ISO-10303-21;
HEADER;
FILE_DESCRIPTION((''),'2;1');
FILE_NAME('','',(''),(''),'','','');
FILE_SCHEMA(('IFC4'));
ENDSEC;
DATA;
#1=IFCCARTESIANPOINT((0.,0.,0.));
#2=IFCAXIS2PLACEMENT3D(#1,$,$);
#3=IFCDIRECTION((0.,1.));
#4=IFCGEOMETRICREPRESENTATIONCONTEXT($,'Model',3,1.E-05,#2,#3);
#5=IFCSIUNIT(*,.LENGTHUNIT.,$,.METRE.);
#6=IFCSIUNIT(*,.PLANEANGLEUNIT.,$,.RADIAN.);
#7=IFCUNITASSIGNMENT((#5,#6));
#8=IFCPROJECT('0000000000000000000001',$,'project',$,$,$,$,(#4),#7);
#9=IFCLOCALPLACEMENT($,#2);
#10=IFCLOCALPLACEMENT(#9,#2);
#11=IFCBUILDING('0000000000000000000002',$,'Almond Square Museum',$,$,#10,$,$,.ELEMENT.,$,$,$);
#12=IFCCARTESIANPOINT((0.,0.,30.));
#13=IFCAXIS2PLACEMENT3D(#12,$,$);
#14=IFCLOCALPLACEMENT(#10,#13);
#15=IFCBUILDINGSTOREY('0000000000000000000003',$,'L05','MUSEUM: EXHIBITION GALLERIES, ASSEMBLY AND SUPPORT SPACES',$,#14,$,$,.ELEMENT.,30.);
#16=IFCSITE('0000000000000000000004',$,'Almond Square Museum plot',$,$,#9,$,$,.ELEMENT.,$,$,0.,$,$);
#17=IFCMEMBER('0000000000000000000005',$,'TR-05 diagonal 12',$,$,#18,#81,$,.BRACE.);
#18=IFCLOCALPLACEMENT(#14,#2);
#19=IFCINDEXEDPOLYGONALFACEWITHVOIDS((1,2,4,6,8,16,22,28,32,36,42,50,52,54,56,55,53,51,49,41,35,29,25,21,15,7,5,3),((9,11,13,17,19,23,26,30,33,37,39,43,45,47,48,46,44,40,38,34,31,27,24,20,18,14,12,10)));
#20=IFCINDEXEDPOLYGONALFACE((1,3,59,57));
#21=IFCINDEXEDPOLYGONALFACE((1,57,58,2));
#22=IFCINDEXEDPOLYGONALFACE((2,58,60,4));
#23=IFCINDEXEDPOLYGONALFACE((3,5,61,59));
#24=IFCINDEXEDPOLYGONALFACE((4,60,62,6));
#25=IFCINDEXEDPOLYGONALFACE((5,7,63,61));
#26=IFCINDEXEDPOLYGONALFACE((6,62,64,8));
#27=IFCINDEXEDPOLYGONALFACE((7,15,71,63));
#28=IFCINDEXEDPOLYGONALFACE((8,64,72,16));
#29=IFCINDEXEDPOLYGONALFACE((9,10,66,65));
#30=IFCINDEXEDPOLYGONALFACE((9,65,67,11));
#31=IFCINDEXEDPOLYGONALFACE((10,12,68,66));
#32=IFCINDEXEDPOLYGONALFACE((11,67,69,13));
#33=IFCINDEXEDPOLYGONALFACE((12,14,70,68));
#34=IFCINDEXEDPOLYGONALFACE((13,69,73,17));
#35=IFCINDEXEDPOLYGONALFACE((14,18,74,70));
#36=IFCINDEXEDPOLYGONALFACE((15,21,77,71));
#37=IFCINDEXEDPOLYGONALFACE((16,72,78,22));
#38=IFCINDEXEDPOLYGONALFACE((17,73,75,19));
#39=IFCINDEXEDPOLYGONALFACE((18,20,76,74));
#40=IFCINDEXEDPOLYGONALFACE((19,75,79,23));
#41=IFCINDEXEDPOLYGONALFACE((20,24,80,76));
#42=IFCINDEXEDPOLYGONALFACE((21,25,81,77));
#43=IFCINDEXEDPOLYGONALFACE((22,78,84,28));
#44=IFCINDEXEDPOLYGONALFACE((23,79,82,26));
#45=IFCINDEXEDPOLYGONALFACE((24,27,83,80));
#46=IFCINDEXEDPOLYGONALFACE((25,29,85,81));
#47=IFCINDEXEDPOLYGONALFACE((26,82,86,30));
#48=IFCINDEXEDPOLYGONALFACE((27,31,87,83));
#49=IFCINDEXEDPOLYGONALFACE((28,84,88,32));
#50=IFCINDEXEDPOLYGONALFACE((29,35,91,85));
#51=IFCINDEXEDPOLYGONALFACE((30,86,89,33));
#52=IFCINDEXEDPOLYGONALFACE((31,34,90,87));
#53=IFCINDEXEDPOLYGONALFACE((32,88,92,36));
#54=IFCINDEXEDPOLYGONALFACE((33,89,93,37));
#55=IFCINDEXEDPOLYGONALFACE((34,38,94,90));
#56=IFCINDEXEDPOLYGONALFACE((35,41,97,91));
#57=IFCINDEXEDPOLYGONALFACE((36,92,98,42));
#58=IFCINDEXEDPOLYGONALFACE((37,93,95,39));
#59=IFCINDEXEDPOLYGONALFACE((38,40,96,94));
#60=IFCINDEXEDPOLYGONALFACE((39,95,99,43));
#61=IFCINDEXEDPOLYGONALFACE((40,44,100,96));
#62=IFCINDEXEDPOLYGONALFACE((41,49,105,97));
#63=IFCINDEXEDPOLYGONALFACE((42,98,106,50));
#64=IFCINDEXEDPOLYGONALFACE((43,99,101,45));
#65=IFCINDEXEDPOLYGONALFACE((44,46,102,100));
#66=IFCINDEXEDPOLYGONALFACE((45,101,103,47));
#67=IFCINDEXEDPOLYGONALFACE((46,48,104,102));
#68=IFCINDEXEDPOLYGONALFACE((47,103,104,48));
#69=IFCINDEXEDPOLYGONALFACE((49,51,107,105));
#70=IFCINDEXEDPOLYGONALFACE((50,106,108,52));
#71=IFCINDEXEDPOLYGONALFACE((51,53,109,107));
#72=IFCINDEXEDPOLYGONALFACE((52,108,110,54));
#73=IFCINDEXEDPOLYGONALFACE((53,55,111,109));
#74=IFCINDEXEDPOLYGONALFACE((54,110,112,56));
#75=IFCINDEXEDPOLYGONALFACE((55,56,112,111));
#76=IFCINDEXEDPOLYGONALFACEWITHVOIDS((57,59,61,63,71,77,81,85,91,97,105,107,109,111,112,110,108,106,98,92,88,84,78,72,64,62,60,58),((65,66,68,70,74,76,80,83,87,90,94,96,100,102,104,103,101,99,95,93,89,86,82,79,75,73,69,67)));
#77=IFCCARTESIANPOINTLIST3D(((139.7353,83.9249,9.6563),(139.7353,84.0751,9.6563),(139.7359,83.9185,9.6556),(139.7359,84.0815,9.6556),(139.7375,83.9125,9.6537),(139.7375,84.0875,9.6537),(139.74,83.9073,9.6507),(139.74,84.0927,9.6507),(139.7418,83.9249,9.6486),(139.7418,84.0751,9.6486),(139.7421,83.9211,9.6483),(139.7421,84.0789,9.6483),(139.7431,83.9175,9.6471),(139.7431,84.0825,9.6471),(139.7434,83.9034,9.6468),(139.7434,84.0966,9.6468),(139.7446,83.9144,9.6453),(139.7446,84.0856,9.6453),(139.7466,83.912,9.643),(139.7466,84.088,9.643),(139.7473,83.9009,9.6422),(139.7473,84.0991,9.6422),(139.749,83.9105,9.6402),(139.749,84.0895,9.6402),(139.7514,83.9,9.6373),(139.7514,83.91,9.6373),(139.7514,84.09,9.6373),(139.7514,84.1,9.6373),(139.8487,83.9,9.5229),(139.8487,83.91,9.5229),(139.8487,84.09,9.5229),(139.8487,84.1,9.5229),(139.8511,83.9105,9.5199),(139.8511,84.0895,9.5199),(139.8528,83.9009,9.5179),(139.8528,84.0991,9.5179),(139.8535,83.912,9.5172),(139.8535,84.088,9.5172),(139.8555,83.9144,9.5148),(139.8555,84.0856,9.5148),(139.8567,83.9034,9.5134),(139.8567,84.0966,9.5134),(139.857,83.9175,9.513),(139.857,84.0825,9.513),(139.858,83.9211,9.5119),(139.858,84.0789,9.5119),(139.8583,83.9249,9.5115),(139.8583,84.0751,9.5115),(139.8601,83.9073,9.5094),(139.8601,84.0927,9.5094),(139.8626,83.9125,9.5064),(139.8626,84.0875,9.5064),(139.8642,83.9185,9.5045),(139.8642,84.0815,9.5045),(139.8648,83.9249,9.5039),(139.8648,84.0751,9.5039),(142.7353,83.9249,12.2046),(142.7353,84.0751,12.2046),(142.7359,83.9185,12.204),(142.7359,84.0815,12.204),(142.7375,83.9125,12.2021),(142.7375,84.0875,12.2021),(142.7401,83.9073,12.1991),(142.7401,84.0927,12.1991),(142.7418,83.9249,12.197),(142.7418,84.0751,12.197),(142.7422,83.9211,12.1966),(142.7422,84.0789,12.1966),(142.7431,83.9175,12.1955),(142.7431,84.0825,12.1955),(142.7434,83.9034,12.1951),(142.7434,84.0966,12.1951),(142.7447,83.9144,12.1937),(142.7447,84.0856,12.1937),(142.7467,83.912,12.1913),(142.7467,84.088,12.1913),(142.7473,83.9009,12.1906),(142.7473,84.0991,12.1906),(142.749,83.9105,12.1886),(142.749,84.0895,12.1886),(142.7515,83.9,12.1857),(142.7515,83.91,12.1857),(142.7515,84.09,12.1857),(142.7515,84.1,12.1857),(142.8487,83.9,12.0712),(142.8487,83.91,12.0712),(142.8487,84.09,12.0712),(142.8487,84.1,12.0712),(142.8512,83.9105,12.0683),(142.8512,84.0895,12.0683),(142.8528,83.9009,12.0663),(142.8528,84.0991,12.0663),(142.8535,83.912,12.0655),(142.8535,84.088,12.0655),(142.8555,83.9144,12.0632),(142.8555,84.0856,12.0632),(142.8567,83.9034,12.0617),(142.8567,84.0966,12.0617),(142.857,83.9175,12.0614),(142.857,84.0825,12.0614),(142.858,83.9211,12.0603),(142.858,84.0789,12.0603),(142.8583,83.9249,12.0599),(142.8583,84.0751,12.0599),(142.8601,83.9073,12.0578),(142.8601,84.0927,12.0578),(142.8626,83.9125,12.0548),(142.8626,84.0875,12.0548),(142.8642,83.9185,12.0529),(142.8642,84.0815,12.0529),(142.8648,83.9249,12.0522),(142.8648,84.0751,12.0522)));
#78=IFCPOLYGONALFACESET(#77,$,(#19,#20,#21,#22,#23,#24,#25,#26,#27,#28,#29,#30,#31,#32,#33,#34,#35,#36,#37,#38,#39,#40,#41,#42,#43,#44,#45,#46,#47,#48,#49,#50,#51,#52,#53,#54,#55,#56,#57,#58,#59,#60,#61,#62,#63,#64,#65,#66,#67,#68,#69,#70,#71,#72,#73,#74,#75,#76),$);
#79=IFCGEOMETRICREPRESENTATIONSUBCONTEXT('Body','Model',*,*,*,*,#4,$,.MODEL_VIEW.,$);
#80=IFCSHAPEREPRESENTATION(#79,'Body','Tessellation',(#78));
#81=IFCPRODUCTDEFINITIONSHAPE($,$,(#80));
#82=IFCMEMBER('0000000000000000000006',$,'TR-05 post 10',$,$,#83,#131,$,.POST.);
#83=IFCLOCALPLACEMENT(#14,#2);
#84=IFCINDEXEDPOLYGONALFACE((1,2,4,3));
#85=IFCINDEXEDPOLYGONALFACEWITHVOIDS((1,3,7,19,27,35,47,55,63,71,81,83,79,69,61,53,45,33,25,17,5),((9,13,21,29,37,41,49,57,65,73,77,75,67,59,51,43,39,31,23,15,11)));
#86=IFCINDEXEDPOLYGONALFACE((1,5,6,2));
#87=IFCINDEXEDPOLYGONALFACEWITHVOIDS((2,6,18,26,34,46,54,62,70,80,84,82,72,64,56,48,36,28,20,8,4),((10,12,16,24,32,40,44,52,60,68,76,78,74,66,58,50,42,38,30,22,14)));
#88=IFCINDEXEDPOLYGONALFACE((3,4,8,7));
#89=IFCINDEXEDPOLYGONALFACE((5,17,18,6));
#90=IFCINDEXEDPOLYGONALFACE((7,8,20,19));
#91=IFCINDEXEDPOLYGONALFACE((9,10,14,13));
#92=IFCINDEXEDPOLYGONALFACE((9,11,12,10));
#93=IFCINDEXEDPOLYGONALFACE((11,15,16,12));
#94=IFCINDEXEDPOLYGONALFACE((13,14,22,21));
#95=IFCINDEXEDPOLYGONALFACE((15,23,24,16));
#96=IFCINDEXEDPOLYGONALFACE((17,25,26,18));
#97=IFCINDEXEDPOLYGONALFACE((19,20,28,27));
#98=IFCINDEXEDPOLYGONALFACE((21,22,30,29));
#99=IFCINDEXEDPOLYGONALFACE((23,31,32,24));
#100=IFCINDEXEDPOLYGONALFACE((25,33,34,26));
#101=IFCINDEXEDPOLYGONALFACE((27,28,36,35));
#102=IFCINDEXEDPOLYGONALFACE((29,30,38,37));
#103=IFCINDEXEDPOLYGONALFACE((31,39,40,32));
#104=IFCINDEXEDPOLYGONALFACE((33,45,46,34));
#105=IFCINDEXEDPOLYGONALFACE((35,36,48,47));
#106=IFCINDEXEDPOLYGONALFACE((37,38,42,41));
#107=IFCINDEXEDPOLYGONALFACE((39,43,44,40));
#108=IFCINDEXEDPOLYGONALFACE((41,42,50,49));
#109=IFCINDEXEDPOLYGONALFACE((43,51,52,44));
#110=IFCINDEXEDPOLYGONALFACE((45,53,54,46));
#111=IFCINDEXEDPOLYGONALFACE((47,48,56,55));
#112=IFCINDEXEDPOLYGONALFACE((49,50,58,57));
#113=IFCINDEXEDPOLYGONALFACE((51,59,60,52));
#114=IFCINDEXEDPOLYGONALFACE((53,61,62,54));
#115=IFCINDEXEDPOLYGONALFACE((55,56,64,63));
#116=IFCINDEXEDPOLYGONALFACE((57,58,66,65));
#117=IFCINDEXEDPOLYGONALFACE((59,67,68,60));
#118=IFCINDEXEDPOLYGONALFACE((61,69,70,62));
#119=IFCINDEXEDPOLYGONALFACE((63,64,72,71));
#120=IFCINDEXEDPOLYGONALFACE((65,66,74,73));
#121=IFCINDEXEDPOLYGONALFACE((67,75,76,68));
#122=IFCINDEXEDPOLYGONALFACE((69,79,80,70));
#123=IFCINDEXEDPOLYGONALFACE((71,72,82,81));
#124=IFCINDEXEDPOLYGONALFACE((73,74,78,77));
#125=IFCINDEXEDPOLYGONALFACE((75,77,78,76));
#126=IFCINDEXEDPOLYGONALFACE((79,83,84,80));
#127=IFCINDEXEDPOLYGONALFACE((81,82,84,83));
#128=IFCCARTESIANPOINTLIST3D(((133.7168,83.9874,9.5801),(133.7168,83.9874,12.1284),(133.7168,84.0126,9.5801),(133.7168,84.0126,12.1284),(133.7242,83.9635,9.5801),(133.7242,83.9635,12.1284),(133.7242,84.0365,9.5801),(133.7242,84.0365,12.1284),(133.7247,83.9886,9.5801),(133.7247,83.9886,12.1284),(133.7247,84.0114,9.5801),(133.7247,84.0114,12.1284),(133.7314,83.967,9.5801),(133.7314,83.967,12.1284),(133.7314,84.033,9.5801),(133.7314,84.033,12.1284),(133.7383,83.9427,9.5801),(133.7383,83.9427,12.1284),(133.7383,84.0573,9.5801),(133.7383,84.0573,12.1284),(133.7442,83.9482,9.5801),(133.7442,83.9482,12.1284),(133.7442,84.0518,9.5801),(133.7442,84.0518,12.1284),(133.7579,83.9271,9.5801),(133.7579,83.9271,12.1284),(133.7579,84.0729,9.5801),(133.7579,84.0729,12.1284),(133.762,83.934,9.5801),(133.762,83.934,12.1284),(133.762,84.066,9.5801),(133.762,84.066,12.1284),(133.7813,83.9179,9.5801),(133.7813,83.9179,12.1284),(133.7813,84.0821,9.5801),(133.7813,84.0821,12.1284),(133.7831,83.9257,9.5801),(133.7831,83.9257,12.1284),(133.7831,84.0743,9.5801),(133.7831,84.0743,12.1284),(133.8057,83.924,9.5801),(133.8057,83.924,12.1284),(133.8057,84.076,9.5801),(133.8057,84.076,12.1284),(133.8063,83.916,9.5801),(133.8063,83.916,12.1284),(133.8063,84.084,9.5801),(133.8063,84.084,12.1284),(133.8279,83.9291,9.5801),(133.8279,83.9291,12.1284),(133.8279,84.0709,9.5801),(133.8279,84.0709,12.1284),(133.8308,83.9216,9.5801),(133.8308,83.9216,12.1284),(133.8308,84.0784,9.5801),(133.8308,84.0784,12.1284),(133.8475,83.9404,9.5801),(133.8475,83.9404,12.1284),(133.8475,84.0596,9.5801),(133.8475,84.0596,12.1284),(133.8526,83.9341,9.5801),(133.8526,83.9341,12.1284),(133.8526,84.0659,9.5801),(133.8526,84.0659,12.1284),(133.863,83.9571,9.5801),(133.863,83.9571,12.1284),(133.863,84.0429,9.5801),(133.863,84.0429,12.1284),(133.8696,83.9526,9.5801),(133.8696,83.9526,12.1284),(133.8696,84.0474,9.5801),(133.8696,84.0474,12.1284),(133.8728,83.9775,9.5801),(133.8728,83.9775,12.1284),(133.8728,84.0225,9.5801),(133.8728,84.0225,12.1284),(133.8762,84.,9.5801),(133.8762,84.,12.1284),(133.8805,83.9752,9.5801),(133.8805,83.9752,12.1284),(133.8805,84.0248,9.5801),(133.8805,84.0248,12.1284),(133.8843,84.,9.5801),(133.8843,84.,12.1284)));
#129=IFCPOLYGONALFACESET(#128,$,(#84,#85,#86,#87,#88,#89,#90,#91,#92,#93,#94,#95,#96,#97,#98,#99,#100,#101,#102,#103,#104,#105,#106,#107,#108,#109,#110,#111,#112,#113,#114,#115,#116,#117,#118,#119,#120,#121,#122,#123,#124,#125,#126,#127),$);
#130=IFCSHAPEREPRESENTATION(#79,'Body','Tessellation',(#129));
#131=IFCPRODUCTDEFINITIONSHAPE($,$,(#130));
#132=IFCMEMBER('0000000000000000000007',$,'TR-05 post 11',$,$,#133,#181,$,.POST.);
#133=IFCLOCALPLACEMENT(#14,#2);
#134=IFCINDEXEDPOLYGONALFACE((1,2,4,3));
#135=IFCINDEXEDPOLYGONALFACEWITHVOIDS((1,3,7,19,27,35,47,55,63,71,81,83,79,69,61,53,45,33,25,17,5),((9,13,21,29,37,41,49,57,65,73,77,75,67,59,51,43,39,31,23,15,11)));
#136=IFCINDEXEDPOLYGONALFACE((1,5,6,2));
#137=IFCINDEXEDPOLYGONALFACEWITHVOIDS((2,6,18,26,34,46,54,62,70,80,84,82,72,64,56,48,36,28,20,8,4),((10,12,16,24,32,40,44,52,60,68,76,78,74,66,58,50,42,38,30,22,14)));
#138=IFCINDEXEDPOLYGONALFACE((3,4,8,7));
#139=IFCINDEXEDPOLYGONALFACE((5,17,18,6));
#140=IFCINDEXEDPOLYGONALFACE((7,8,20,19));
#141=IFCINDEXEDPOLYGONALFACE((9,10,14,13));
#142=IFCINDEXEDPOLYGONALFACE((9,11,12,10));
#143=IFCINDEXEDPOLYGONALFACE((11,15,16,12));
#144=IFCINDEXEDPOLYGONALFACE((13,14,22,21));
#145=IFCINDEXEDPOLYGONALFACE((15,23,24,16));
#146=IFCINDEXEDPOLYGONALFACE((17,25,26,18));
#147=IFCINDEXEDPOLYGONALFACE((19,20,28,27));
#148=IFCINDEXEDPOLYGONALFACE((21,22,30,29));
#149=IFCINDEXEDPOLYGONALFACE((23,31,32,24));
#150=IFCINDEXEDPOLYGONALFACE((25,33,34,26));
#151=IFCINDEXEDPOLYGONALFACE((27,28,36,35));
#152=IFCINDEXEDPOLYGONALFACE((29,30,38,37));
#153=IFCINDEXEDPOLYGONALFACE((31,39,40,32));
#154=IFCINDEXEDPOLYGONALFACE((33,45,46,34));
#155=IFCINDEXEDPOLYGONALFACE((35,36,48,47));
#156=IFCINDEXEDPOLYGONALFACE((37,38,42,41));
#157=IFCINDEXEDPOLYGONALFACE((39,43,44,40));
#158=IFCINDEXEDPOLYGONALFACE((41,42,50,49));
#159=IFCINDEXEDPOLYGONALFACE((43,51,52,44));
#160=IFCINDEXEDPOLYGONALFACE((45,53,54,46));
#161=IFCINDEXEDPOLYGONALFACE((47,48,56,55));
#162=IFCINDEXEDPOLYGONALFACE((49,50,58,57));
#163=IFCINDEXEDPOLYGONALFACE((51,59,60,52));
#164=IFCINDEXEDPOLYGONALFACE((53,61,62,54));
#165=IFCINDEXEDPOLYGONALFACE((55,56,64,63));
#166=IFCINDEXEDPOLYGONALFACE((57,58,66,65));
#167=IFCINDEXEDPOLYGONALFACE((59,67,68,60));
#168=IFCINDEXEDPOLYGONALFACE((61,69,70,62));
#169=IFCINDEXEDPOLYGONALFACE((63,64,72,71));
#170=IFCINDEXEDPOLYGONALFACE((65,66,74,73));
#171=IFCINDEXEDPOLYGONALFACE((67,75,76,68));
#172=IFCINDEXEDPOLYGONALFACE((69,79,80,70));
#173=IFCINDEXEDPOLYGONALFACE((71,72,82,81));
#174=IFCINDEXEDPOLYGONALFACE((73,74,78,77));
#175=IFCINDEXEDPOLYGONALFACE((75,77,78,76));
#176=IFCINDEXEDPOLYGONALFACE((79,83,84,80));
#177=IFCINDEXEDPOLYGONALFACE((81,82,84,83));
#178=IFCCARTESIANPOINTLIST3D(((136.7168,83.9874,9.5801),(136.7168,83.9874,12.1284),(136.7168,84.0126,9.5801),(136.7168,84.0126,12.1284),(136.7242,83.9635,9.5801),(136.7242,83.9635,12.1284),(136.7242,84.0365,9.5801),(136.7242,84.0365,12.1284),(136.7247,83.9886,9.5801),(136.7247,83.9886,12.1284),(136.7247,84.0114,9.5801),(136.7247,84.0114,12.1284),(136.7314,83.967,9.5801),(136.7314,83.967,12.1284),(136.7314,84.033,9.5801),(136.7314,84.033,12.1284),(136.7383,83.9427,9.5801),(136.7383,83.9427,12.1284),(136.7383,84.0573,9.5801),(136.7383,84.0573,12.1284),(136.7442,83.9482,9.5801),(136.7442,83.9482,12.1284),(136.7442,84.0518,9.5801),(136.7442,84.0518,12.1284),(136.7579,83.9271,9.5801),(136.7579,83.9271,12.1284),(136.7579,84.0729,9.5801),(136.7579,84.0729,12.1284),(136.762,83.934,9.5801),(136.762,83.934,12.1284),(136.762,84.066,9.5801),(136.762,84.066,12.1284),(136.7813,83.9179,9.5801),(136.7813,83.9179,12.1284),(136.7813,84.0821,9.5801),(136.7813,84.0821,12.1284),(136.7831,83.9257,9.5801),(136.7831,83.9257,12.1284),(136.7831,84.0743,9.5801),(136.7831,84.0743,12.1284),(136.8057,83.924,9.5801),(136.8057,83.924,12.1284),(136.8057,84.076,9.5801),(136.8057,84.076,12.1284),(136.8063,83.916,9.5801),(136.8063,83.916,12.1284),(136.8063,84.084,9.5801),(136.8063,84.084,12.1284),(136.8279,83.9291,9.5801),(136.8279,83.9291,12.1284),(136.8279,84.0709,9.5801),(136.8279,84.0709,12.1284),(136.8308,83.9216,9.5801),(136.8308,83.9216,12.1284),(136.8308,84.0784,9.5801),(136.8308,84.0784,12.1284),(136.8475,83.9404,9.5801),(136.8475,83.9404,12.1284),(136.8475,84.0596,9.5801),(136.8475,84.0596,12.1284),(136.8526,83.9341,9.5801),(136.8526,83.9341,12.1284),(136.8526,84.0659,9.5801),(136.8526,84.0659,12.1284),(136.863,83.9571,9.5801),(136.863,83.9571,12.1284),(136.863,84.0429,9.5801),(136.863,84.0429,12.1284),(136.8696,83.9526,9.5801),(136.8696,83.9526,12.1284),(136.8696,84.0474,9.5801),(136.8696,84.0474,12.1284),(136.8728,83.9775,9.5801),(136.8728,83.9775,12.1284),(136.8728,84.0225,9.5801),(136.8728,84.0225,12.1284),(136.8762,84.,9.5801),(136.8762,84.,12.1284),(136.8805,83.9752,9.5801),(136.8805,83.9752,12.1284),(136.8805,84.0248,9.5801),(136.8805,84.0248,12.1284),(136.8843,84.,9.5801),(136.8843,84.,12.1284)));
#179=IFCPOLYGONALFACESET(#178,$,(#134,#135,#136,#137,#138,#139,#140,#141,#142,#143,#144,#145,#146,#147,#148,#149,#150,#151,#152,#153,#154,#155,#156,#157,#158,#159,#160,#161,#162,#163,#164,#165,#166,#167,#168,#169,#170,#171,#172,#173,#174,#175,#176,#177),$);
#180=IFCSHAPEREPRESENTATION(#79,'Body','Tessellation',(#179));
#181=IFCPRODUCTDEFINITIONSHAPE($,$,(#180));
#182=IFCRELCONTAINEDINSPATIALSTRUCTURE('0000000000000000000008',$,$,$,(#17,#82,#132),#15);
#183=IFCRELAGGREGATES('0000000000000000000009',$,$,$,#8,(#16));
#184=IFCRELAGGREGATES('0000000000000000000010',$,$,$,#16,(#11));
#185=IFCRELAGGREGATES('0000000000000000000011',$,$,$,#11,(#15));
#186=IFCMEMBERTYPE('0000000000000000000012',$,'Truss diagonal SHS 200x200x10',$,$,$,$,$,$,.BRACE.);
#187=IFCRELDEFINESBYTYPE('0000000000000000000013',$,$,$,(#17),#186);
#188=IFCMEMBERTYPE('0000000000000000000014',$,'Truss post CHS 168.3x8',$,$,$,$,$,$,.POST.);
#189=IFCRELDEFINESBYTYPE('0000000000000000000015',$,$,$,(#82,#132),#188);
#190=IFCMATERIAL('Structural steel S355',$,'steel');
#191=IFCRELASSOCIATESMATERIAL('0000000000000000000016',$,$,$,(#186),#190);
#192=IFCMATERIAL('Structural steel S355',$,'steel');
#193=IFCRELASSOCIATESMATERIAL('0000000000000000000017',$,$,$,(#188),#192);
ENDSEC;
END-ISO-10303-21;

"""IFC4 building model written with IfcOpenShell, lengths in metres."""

from ifc_helpers import new_model, si_unit, direction, frame, origin, origin_2d, place, context, subcontext, project, spatial, hollow_rectangle, hollow_circle, extrude, material, material_profile, profile_set, type_object, element, save


model = new_model("IFC4")

# Units and contexts
model_context = context("Model", 3, precision=1e-05, world=origin(), true_north=direction((0.0, 1.0)))
body_context = subcontext(model_context, "Body", "Model", "MODEL_VIEW")
ifc_project = project(units=[si_unit("LENGTHUNIT", "METRE"), si_unit("PLANEANGLEUNIT", "RADIAN")], contexts=[model_context])

# Site, building, storey
site_placement = place(None, origin())
site = spatial("IfcSite", under=ifc_project, at=site_placement, Name="Almond Square Museum plot", CompositionType="ELEMENT", RefElevation=0.0)
building_placement = place(site_placement, origin())
building = spatial("IfcBuilding", under=site, at=building_placement, Name="Almond Square Museum", CompositionType="ELEMENT")
storey_placement = place(building_placement, frame((0.0, 0.0, 30.0)))
storey = spatial("IfcBuildingStorey", under=building, at=storey_placement, Name="L05", Description="MUSEUM: EXHIBITION GALLERIES, ASSEMBLY AND SUPPORT SPACES", CompositionType="ELEMENT", Elevation=30.0)

# Members
ifc_material_1 = material(Name="Structural steel S355", Category="steel")
ifc_material_profile_1 = material_profile(ifc_material_1, hollow_rectangle(XDim=0.2, YDim=0.2, WallThickness=0.01, InnerFilletRadius=0.0149, OuterFilletRadius=0.0249, at=origin_2d()))
ifc_profile_set_1 = profile_set([ifc_material_profile_1], Name="Structural steel S355")
member_type_1 = type_object("IfcMemberType", Name="Truss diagonal SHS 200x200x10", PredefinedType="BRACE", material=ifc_profile_set_1)
member_1_placement = place(storey_placement, frame((139.8, 84.0, 9.5801), z_axis=(0.762147, 0.0, 0.647404), x_axis=(0.0, 1.0, 0.0)))
element("IfcMember", 1, at=member_1_placement, inside=storey, type_object=member_type_1, Name="TR-05 diagonal 12", PredefinedType="BRACE", context=body_context, shape_type="SweptSolid", body=[
    extrude(hollow_rectangle(XDim=0.2, YDim=0.2, WallThickness=0.01, InnerFilletRadius=0.0149, OuterFilletRadius=0.0249, at=origin_2d()), origin(), (0.0, 0.0, 1.0), 3.9363),
])
ifc_material_2 = material(Name="Structural steel S355", Category="steel")
ifc_material_profile_2 = material_profile(ifc_material_2, hollow_circle(Radius=0.0842, WallThickness=0.0081, at=origin_2d()))
ifc_profile_set_2 = profile_set([ifc_material_profile_2], Name="Structural steel S355")
member_type_2 = type_object("IfcMemberType", Name="Truss post CHS 168.3x8", PredefinedType="POST", material=ifc_profile_set_2)
for number, where, z_axis, x_axis, name in (
    (2, (133.8, 84.0, 9.5801), (0.0, 0.0, 1.0), (1.0, 0.0, 0.0), "TR-05 post 10"),
    (3, (136.8, 84.0, 9.5801), (0.0, 0.0, 1.0), (1.0, 0.0, 0.0), "TR-05 post 11"),
):
    element("IfcMember", number, at=place(storey_placement, frame(where, z_axis=z_axis, x_axis=x_axis)), inside=storey, type_object=member_type_2, Name=name, PredefinedType="POST", context=body_context, shape_type="SweptSolid", body=[
        extrude(hollow_circle(Radius=0.0842, WallThickness=0.0081, at=origin_2d()), origin(), (0.0, 0.0, 1.0), 2.5483),
    ])

save(model, "model.ifc")
